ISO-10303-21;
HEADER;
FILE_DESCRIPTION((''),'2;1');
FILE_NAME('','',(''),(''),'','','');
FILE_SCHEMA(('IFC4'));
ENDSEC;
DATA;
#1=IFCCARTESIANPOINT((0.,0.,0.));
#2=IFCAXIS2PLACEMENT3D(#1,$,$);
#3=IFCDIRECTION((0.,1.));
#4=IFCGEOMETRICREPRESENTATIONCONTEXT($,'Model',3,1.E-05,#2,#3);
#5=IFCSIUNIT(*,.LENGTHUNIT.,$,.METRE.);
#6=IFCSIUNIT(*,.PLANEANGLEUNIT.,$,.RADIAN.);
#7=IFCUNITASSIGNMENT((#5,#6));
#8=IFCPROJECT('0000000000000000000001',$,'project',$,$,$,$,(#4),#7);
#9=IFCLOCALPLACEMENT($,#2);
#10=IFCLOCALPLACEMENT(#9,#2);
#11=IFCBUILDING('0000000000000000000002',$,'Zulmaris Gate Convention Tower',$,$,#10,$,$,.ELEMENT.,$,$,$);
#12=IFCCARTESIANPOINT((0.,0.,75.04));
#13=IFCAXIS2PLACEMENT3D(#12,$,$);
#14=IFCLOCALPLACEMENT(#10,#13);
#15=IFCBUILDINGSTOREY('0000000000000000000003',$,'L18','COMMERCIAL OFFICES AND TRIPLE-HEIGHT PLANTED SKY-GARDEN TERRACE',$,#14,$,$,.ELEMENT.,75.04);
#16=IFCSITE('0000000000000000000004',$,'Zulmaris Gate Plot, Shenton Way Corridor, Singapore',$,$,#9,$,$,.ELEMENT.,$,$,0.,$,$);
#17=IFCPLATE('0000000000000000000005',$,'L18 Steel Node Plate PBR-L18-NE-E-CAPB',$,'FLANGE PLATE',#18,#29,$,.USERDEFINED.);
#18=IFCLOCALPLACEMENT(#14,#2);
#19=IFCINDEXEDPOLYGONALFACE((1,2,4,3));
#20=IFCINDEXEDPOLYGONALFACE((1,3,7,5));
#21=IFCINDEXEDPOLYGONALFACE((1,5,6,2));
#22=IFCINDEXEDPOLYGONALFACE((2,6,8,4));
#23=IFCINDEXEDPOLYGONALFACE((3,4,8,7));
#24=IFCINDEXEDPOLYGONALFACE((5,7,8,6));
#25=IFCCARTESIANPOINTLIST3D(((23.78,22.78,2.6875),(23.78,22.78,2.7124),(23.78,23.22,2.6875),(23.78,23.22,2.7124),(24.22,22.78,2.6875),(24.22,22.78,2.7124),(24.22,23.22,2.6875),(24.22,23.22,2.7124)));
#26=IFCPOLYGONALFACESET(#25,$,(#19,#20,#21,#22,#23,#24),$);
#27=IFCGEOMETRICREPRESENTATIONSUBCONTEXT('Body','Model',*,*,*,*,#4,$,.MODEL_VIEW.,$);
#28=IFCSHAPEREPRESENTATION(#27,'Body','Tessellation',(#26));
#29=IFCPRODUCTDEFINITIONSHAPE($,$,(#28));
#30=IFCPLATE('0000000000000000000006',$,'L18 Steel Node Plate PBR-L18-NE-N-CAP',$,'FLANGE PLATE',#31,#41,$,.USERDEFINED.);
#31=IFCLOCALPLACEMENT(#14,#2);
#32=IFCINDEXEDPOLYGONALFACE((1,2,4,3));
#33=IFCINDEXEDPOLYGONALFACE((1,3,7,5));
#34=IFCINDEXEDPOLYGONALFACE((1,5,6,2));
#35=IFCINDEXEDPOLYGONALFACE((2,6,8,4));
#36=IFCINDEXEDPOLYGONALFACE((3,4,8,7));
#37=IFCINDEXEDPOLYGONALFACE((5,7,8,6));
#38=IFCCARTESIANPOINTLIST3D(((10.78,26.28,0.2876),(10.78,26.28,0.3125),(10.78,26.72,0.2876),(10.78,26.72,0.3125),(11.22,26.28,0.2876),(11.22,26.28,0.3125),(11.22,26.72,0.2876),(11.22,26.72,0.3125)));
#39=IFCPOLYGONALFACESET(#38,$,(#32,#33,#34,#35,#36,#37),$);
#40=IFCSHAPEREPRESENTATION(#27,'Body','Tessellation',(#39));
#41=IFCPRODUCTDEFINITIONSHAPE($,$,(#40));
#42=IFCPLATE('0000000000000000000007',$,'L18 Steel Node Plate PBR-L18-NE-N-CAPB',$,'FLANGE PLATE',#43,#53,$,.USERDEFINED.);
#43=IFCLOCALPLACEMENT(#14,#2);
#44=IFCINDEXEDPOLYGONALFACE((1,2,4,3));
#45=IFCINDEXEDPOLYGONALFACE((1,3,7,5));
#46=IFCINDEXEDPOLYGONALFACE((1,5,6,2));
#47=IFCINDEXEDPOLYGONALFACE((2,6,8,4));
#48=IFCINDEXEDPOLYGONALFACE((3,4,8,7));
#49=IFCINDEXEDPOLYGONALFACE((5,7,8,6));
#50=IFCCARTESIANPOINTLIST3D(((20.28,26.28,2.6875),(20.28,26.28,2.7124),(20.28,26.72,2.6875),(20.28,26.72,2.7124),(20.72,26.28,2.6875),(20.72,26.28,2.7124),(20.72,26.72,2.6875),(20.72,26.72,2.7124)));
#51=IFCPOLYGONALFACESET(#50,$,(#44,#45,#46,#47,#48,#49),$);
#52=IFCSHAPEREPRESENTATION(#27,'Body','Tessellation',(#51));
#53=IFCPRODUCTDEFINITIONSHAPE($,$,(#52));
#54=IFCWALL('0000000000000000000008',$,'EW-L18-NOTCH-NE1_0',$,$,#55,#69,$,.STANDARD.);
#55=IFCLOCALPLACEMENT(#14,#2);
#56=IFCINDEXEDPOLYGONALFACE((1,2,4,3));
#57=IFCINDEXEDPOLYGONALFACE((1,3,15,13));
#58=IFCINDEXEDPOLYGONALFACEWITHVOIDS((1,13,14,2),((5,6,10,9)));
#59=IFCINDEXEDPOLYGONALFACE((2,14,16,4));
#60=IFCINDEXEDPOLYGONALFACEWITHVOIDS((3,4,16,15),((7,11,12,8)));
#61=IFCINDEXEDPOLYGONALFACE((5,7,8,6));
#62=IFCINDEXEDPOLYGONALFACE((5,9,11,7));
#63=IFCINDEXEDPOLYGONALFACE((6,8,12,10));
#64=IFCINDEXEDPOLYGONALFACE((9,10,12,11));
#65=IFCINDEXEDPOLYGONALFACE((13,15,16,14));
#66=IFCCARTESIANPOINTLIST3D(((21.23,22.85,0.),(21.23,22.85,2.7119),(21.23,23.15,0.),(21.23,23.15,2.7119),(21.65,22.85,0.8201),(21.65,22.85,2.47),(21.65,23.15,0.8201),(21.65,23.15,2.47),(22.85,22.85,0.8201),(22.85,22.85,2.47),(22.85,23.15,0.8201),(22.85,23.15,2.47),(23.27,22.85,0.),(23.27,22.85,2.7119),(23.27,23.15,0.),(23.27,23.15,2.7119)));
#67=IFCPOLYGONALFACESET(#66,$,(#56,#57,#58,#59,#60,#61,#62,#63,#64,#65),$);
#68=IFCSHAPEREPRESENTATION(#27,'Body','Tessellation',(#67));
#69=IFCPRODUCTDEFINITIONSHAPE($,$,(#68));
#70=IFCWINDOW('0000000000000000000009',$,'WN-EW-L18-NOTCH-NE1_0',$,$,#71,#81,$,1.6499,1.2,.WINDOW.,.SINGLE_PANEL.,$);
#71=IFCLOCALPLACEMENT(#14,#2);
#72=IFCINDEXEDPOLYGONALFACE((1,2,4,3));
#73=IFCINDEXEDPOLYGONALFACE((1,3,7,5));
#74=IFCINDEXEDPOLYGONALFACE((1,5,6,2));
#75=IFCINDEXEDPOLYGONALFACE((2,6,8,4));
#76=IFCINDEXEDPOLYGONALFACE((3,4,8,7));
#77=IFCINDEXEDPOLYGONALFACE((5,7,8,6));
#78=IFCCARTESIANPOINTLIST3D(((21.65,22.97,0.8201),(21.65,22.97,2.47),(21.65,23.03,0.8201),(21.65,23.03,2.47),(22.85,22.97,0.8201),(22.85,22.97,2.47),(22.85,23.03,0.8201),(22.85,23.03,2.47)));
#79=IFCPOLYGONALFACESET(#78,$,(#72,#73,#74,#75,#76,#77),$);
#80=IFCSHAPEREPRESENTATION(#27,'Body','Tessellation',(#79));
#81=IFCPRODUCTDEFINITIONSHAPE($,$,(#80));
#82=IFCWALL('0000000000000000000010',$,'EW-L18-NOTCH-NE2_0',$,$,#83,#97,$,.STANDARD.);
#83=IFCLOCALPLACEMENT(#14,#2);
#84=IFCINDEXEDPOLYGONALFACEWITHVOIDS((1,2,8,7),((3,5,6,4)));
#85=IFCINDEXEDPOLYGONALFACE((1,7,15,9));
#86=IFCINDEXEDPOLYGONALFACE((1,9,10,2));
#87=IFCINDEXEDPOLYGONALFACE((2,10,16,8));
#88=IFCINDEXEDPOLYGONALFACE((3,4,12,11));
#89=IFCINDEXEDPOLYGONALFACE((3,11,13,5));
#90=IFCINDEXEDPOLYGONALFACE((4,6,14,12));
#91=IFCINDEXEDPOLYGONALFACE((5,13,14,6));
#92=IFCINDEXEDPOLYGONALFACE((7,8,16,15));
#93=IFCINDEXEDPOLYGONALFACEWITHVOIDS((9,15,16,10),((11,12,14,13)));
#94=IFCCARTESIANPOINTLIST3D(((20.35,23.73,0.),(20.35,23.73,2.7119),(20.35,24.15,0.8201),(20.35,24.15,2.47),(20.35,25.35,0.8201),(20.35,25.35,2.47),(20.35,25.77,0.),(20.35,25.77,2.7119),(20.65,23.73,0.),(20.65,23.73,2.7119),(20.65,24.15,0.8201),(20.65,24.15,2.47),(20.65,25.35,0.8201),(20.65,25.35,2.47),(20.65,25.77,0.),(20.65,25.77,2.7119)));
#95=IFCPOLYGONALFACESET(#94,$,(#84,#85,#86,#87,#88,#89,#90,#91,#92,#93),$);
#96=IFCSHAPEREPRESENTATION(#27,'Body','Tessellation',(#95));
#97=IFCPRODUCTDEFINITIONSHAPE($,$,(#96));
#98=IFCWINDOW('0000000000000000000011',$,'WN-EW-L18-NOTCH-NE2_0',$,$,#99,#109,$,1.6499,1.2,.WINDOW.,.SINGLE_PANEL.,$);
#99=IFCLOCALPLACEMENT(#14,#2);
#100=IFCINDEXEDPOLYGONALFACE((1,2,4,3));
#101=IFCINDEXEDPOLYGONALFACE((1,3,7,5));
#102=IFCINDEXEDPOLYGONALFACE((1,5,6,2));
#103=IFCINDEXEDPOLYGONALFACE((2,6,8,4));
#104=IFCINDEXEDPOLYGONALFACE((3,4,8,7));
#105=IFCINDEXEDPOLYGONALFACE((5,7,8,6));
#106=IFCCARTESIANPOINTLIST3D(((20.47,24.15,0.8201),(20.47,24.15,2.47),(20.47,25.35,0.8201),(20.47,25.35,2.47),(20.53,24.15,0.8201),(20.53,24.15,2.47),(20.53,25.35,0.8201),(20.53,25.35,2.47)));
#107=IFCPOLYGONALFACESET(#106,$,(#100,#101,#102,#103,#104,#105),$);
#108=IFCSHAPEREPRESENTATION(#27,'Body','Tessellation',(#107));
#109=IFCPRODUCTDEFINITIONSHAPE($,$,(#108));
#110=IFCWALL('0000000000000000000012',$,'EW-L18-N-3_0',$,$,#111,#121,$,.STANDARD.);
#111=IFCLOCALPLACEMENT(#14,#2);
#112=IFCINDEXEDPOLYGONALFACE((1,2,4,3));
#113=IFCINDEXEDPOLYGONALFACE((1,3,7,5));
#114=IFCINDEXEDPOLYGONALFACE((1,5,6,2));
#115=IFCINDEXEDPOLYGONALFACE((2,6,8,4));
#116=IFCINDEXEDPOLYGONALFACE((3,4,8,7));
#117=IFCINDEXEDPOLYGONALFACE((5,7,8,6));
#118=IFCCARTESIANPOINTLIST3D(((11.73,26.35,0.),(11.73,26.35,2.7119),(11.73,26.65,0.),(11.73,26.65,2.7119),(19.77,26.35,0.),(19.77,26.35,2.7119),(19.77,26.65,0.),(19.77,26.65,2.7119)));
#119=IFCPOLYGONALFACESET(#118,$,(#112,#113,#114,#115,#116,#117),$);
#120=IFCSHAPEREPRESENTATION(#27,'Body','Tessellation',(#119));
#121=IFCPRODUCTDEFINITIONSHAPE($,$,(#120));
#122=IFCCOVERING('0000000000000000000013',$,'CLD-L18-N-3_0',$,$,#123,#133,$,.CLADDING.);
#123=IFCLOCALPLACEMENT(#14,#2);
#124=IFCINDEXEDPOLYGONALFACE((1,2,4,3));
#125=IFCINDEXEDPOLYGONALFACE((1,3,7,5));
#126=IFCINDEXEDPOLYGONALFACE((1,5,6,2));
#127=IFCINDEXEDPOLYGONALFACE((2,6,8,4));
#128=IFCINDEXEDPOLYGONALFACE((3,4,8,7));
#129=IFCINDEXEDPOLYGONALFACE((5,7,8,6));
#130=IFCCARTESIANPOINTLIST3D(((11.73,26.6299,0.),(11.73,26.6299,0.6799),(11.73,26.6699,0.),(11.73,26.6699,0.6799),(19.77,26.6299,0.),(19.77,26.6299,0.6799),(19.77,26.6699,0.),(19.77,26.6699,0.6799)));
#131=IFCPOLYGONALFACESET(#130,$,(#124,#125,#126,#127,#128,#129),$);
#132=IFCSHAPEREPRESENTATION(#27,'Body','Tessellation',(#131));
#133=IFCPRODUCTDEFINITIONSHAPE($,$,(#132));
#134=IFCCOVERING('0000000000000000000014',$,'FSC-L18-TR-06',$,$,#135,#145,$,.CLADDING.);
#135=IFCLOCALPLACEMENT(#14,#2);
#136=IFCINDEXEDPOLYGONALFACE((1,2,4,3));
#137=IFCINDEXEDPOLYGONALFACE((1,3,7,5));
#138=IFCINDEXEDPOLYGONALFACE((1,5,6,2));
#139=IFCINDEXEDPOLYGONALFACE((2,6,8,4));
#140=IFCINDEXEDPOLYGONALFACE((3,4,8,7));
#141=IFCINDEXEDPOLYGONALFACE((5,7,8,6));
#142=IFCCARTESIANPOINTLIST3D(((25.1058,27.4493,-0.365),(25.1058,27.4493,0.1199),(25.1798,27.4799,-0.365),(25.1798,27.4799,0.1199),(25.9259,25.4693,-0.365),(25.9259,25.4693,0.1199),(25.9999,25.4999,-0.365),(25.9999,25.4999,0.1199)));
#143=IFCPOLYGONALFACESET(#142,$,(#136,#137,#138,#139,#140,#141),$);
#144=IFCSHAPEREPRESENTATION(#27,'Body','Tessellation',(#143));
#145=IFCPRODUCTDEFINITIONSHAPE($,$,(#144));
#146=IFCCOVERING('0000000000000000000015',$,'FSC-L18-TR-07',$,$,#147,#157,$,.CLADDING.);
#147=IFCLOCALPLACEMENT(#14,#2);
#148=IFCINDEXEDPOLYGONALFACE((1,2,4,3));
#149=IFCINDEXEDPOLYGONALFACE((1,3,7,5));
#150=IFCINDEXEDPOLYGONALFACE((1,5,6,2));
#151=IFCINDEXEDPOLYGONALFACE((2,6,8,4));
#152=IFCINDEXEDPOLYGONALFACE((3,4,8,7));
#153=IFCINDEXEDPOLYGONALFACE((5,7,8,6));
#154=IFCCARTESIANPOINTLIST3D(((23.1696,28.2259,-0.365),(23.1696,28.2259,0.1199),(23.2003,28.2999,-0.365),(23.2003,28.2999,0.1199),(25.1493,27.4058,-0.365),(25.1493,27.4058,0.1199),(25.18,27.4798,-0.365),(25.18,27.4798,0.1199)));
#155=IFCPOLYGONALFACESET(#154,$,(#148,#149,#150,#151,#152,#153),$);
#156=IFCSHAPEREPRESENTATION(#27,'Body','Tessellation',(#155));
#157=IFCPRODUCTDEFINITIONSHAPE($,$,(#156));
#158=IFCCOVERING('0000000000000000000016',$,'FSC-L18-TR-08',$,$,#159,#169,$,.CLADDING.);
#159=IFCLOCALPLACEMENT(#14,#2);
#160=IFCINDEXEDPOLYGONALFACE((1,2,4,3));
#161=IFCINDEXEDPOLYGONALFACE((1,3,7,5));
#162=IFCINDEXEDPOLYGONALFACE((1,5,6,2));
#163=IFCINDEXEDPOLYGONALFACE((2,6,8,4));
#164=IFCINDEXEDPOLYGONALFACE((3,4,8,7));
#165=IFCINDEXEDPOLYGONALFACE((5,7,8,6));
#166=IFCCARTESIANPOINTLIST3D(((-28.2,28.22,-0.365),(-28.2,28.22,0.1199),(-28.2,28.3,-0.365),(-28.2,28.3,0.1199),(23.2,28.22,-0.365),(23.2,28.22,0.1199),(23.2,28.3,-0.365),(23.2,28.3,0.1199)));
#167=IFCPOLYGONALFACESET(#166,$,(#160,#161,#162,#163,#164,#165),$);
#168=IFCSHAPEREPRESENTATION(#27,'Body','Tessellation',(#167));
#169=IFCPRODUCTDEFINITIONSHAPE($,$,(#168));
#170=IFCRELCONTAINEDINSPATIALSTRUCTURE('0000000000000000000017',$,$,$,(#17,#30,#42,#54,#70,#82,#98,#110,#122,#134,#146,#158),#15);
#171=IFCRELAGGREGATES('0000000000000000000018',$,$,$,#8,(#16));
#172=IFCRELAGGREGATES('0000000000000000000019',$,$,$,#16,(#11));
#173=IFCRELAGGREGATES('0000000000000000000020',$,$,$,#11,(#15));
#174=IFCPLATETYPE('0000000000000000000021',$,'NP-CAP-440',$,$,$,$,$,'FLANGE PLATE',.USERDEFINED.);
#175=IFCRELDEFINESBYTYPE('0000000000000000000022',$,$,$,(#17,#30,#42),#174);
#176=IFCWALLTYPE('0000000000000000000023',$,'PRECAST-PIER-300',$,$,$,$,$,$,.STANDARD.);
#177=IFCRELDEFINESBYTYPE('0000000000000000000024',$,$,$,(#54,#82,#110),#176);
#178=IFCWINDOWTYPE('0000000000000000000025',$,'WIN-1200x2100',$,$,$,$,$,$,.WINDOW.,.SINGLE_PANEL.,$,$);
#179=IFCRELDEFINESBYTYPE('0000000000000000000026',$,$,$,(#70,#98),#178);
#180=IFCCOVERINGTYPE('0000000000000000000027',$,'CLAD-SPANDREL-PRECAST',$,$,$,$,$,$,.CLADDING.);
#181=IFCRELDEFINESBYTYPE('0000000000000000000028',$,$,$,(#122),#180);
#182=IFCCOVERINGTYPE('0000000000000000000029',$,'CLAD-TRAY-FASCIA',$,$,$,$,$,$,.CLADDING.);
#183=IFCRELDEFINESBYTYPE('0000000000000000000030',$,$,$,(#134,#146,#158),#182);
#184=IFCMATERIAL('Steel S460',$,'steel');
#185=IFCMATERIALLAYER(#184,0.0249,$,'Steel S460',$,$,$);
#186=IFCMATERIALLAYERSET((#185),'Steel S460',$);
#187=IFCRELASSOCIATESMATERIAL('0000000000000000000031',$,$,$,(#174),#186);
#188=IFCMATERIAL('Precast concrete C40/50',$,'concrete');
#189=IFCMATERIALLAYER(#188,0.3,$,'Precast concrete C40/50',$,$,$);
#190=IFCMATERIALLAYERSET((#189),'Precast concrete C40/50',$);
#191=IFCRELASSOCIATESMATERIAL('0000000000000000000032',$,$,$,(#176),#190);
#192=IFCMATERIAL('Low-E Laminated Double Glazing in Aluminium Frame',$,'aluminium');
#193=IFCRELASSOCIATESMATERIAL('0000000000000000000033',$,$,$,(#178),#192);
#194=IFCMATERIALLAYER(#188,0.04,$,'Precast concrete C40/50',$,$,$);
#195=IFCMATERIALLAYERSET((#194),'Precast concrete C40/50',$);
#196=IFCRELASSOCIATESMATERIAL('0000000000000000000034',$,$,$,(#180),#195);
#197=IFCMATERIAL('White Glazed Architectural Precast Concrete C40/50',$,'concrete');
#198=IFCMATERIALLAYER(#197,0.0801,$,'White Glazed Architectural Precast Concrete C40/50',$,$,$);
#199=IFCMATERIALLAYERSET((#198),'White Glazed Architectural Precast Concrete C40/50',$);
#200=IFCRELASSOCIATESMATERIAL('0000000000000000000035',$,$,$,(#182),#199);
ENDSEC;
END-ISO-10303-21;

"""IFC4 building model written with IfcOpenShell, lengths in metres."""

from ifc_helpers import new_model, si_unit, direction, frame, frame_2d, origin, origin_2d, place, context, subcontext, project, spatial, rectangle, extrude, material, layer, layer_set, type_object, element, fill, save


model = new_model("IFC4")

# Units and contexts
model_context = context("Model", 3, precision=1e-05, world=origin(), true_north=direction((0.0, 1.0)))
body_context = subcontext(model_context, "Body", "Model", "MODEL_VIEW")
ifc_project = project(units=[si_unit("LENGTHUNIT", "METRE"), si_unit("PLANEANGLEUNIT", "RADIAN")], contexts=[model_context])

# Site, building, storey
site_placement = place(None, origin())
site = spatial("IfcSite", under=ifc_project, at=site_placement, Name="Zulmaris Gate Plot, Shenton Way Corridor, Singapore", CompositionType="ELEMENT", RefElevation=0.0)
building_placement = place(site_placement, origin())
building = spatial("IfcBuilding", under=site, at=building_placement, Name="Zulmaris Gate Convention Tower", CompositionType="ELEMENT")
storey_placement = place(building_placement, frame((0.0, 0.0, 75.04)))
storey = spatial("IfcBuildingStorey", under=building, at=storey_placement, Name="L18", Description="COMMERCIAL OFFICES AND TRIPLE-HEIGHT PLANTED SKY-GARDEN TERRACE", CompositionType="ELEMENT", Elevation=75.04)

# Shared definitions
ifc_material_1 = material(Name="Steel S460", Category="steel")

# Plates
ifc_layer_1 = layer(ifc_material_1, 0.0249, Name="Steel S460")
ifc_layer_set_1 = layer_set([ifc_layer_1], Name="Steel S460")
plate_type_1 = type_object("IfcPlateType", Name="NP-CAP-440", ElementType="FLANGE PLATE", PredefinedType="USERDEFINED", material=ifc_layer_set_1)
for number, where, z_axis, x_axis, name in (
    (1, (24.0, 23.0, 2.6875), (0.0, 0.0, 1.0), (1.0, 0.0, 0.0), "L18 Steel Node Plate PBR-L18-NE-E-CAPB"),
    (2, (11.0, 26.5, 0.2876), (0.0, 0.0, 1.0), (1.0, 0.0, 0.0), "L18 Steel Node Plate PBR-L18-NE-N-CAP"),
    (3, (20.5, 26.5, 2.6875), (0.0, 0.0, 1.0), (1.0, 0.0, 0.0), "L18 Steel Node Plate PBR-L18-NE-N-CAPB"),
):
    element("IfcPlate", number, at=place(storey_placement, frame(where, z_axis=z_axis, x_axis=x_axis)), inside=storey, type_object=plate_type_1, Name=name, ObjectType="FLANGE PLATE", PredefinedType="USERDEFINED", context=body_context, shape_type="SweptSolid", body=[
        extrude(rectangle(XDim=0.4399, YDim=0.4399, at=origin_2d()), origin(), (0.0, 0.0, 1.0), 0.0249),
    ])

# Walls, openings, windows
ifc_material_2 = material(Name="Precast concrete C40/50", Category="concrete")
ifc_layer_2 = layer(ifc_material_2, 0.3, Name="Precast concrete C40/50")
ifc_layer_set_2 = layer_set([ifc_layer_2], Name="Precast concrete C40/50")
wall_type = type_object("IfcWallType", Name="PRECAST-PIER-300", PredefinedType="STANDARD", material=ifc_layer_set_2)
wall_1_placement = place(storey_placement, frame((23.27, 23.0, 0.0), z_axis=(0.0, 0.0, 1.0), x_axis=(-1.0, 0.0, 0.0)))
wall_1 = element("IfcWall", 4, at=wall_1_placement, inside=storey, type_object=wall_type, Name="EW-L18-NOTCH-NE1_0", PredefinedType="STANDARD", context=body_context, shape_type="SweptSolid", body=[
    extrude(rectangle(XDim=2.04, YDim=0.3, at=frame_2d((1.02, 0.0))), origin(), (0.0, 0.0, 1.0), 2.7119),
])
opening_1_placement = place(wall_1_placement, frame((0.4199, 0.0, 0.8201)))
opening_1 = element("IfcOpeningElement", 5, at=opening_1_placement, cuts=wall_1, PredefinedType="OPENING", context=body_context, shape_type="SweptSolid", body=[
    extrude(rectangle(XDim=1.2, YDim=1.6499, at=frame_2d((0.6001, 0.825))), frame((0.0, 0.1602, 0.0), z_axis=(0.0, -1.0, 0.0), x_axis=(1.0, 0.0, 0.0)), (0.0, 0.0, 1.0), 0.3201),
])
ifc_material_3 = material(Name="Low-E Laminated Double Glazing in Aluminium Frame", Category="aluminium")
window_type = type_object("IfcWindowType", Name="WIN-1200x2100", PartitioningType="SINGLE_PANEL", PredefinedType="WINDOW", material=ifc_material_3)
window_1_placement = place(opening_1_placement, origin())
window_1 = element("IfcWindow", 6, at=window_1_placement, inside=storey, type_object=window_type, Name="WN-EW-L18-NOTCH-NE1_0", OverallHeight=1.6499, OverallWidth=1.2, PartitioningType="SINGLE_PANEL", PredefinedType="WINDOW", context=body_context, shape_type="SweptSolid", body=[
    extrude(rectangle(XDim=1.2, YDim=1.6499, at=frame_2d((0.6001, 0.825))), frame((0.0, 0.03, 0.0), z_axis=(0.0, -1.0, 0.0), x_axis=(1.0, 0.0, 0.0)), (0.0, 0.0, 1.0), 0.0601),
])
fill(opening_1, window_1)
wall_2_placement = place(storey_placement, frame((20.5, 23.73, 0.0), z_axis=(0.0, 0.0, 1.0), x_axis=(0.0, 1.0, 0.0)))
wall_2 = element("IfcWall", 7, at=wall_2_placement, inside=storey, type_object=wall_type, Name="EW-L18-NOTCH-NE2_0", PredefinedType="STANDARD", context=body_context, shape_type="SweptSolid", body=[
    extrude(rectangle(XDim=2.04, YDim=0.3, at=frame_2d((1.02, 0.0))), origin(), (0.0, 0.0, 1.0), 2.7119),
])
opening_2_placement = place(wall_2_placement, frame((0.4199, 0.0, 0.8201)))
opening_2 = element("IfcOpeningElement", 8, at=opening_2_placement, cuts=wall_2, PredefinedType="OPENING", context=body_context, shape_type="SweptSolid", body=[
    extrude(rectangle(XDim=1.2, YDim=1.6499, at=frame_2d((0.6001, 0.825))), frame((0.0, 0.1602, 0.0), z_axis=(0.0, -1.0, 0.0), x_axis=(1.0, 0.0, 0.0)), (0.0, 0.0, 1.0), 0.3201),
])
window_2_placement = place(opening_2_placement, origin())
window_2 = element("IfcWindow", 9, at=window_2_placement, inside=storey, type_object=window_type, Name="WN-EW-L18-NOTCH-NE2_0", OverallHeight=1.6499, OverallWidth=1.2, PartitioningType="SINGLE_PANEL", PredefinedType="WINDOW", context=body_context, shape_type="SweptSolid", body=[
    extrude(rectangle(XDim=1.2, YDim=1.6499, at=frame_2d((0.6001, 0.825))), frame((0.0, 0.03, 0.0), z_axis=(0.0, -1.0, 0.0), x_axis=(1.0, 0.0, 0.0)), (0.0, 0.0, 1.0), 0.0601),
])
fill(opening_2, window_2)

# Wall
wall_3_placement = place(storey_placement, frame((19.77, 26.5, 0.0), z_axis=(0.0, 0.0, 1.0), x_axis=(-1.0, 0.0, 0.0)))
element("IfcWall", 10, at=wall_3_placement, inside=storey, type_object=wall_type, Name="EW-L18-N-3_0", PredefinedType="STANDARD", context=body_context, shape_type="SweptSolid", body=[
    extrude(rectangle(XDim=8.04, YDim=0.3, at=frame_2d((4.02, 0.0))), origin(), (0.0, 0.0, 1.0), 2.7119),
])

# Coverings
ifc_layer_3 = layer(ifc_material_2, 0.04, Name="Precast concrete C40/50")
ifc_layer_set_3 = layer_set([ifc_layer_3], Name="Precast concrete C40/50")
covering_type_1 = type_object("IfcCoveringType", Name="CLAD-SPANDREL-PRECAST", PredefinedType="CLADDING", material=ifc_layer_set_3)
covering_1_placement = place(storey_placement, frame((19.77, 26.6499, 0.0), z_axis=(0.0, 0.0, 1.0), x_axis=(-1.0, 0.0, 0.0)))
element("IfcCovering", 11, at=covering_1_placement, inside=storey, type_object=covering_type_1, Name="CLD-L18-N-3_0", PredefinedType="CLADDING", context=body_context, shape_type="SweptSolid", body=[
    extrude(rectangle(XDim=8.04, YDim=0.04, at=frame_2d((4.02, 0.0))), origin(), (0.0, 0.0, 1.0), 0.6799),
])
ifc_material_4 = material(Name="White Glazed Architectural Precast Concrete C40/50", Category="concrete")
ifc_layer_4 = layer(ifc_material_4, 0.0801, Name="White Glazed Architectural Precast Concrete C40/50")
ifc_layer_set_4 = layer_set([ifc_layer_4], Name="White Glazed Architectural Precast Concrete C40/50")
covering_type_2 = type_object("IfcCoveringType", Name="CLAD-TRAY-FASCIA", PredefinedType="CLADDING", material=ifc_layer_set_4)
covering_2_placement = place(storey_placement, frame((25.9629, 25.4846, -0.365), z_axis=(0.0, 0.0, 1.0), x_axis=(-0.382657, 0.92389, 0.0)))
element("IfcCovering", 12, at=covering_2_placement, inside=storey, type_object=covering_type_2, Name="FSC-L18-TR-06", PredefinedType="CLADDING", context=body_context, shape_type="SweptSolid", body=[
    extrude(rectangle(XDim=2.1431, YDim=0.0801, at=frame_2d((1.0715, 0.0))), origin(), (0.0, 0.0, 1.0), 0.4849),
])
covering_3_placement = place(storey_placement, frame((25.1646, 27.4429, -0.365), z_axis=(0.0, 0.0, 1.0), x_axis=(-0.923874, 0.382697, 0.0)))
element("IfcCovering", 13, at=covering_3_placement, inside=storey, type_object=covering_type_2, Name="FSC-L18-TR-07", PredefinedType="CLADDING", context=body_context, shape_type="SweptSolid", body=[
    extrude(rectangle(XDim=2.1428, YDim=0.0801, at=frame_2d((1.0713, 0.0))), origin(), (0.0, 0.0, 1.0), 0.4849),
])
covering_4_placement = place(storey_placement, frame((23.2, 28.26, -0.365), z_axis=(0.0, 0.0, 1.0), x_axis=(-1.0, 0.0, 0.0)))
element("IfcCovering", 14, at=covering_4_placement, inside=storey, type_object=covering_type_2, Name="FSC-L18-TR-08", PredefinedType="CLADDING", context=body_context, shape_type="SweptSolid", body=[
    extrude(rectangle(XDim=51.3999, YDim=0.0801, at=frame_2d((25.7, 0.0))), origin(), (0.0, 0.0, 1.0), 0.4849),
])

save(model, "model.ifc")
